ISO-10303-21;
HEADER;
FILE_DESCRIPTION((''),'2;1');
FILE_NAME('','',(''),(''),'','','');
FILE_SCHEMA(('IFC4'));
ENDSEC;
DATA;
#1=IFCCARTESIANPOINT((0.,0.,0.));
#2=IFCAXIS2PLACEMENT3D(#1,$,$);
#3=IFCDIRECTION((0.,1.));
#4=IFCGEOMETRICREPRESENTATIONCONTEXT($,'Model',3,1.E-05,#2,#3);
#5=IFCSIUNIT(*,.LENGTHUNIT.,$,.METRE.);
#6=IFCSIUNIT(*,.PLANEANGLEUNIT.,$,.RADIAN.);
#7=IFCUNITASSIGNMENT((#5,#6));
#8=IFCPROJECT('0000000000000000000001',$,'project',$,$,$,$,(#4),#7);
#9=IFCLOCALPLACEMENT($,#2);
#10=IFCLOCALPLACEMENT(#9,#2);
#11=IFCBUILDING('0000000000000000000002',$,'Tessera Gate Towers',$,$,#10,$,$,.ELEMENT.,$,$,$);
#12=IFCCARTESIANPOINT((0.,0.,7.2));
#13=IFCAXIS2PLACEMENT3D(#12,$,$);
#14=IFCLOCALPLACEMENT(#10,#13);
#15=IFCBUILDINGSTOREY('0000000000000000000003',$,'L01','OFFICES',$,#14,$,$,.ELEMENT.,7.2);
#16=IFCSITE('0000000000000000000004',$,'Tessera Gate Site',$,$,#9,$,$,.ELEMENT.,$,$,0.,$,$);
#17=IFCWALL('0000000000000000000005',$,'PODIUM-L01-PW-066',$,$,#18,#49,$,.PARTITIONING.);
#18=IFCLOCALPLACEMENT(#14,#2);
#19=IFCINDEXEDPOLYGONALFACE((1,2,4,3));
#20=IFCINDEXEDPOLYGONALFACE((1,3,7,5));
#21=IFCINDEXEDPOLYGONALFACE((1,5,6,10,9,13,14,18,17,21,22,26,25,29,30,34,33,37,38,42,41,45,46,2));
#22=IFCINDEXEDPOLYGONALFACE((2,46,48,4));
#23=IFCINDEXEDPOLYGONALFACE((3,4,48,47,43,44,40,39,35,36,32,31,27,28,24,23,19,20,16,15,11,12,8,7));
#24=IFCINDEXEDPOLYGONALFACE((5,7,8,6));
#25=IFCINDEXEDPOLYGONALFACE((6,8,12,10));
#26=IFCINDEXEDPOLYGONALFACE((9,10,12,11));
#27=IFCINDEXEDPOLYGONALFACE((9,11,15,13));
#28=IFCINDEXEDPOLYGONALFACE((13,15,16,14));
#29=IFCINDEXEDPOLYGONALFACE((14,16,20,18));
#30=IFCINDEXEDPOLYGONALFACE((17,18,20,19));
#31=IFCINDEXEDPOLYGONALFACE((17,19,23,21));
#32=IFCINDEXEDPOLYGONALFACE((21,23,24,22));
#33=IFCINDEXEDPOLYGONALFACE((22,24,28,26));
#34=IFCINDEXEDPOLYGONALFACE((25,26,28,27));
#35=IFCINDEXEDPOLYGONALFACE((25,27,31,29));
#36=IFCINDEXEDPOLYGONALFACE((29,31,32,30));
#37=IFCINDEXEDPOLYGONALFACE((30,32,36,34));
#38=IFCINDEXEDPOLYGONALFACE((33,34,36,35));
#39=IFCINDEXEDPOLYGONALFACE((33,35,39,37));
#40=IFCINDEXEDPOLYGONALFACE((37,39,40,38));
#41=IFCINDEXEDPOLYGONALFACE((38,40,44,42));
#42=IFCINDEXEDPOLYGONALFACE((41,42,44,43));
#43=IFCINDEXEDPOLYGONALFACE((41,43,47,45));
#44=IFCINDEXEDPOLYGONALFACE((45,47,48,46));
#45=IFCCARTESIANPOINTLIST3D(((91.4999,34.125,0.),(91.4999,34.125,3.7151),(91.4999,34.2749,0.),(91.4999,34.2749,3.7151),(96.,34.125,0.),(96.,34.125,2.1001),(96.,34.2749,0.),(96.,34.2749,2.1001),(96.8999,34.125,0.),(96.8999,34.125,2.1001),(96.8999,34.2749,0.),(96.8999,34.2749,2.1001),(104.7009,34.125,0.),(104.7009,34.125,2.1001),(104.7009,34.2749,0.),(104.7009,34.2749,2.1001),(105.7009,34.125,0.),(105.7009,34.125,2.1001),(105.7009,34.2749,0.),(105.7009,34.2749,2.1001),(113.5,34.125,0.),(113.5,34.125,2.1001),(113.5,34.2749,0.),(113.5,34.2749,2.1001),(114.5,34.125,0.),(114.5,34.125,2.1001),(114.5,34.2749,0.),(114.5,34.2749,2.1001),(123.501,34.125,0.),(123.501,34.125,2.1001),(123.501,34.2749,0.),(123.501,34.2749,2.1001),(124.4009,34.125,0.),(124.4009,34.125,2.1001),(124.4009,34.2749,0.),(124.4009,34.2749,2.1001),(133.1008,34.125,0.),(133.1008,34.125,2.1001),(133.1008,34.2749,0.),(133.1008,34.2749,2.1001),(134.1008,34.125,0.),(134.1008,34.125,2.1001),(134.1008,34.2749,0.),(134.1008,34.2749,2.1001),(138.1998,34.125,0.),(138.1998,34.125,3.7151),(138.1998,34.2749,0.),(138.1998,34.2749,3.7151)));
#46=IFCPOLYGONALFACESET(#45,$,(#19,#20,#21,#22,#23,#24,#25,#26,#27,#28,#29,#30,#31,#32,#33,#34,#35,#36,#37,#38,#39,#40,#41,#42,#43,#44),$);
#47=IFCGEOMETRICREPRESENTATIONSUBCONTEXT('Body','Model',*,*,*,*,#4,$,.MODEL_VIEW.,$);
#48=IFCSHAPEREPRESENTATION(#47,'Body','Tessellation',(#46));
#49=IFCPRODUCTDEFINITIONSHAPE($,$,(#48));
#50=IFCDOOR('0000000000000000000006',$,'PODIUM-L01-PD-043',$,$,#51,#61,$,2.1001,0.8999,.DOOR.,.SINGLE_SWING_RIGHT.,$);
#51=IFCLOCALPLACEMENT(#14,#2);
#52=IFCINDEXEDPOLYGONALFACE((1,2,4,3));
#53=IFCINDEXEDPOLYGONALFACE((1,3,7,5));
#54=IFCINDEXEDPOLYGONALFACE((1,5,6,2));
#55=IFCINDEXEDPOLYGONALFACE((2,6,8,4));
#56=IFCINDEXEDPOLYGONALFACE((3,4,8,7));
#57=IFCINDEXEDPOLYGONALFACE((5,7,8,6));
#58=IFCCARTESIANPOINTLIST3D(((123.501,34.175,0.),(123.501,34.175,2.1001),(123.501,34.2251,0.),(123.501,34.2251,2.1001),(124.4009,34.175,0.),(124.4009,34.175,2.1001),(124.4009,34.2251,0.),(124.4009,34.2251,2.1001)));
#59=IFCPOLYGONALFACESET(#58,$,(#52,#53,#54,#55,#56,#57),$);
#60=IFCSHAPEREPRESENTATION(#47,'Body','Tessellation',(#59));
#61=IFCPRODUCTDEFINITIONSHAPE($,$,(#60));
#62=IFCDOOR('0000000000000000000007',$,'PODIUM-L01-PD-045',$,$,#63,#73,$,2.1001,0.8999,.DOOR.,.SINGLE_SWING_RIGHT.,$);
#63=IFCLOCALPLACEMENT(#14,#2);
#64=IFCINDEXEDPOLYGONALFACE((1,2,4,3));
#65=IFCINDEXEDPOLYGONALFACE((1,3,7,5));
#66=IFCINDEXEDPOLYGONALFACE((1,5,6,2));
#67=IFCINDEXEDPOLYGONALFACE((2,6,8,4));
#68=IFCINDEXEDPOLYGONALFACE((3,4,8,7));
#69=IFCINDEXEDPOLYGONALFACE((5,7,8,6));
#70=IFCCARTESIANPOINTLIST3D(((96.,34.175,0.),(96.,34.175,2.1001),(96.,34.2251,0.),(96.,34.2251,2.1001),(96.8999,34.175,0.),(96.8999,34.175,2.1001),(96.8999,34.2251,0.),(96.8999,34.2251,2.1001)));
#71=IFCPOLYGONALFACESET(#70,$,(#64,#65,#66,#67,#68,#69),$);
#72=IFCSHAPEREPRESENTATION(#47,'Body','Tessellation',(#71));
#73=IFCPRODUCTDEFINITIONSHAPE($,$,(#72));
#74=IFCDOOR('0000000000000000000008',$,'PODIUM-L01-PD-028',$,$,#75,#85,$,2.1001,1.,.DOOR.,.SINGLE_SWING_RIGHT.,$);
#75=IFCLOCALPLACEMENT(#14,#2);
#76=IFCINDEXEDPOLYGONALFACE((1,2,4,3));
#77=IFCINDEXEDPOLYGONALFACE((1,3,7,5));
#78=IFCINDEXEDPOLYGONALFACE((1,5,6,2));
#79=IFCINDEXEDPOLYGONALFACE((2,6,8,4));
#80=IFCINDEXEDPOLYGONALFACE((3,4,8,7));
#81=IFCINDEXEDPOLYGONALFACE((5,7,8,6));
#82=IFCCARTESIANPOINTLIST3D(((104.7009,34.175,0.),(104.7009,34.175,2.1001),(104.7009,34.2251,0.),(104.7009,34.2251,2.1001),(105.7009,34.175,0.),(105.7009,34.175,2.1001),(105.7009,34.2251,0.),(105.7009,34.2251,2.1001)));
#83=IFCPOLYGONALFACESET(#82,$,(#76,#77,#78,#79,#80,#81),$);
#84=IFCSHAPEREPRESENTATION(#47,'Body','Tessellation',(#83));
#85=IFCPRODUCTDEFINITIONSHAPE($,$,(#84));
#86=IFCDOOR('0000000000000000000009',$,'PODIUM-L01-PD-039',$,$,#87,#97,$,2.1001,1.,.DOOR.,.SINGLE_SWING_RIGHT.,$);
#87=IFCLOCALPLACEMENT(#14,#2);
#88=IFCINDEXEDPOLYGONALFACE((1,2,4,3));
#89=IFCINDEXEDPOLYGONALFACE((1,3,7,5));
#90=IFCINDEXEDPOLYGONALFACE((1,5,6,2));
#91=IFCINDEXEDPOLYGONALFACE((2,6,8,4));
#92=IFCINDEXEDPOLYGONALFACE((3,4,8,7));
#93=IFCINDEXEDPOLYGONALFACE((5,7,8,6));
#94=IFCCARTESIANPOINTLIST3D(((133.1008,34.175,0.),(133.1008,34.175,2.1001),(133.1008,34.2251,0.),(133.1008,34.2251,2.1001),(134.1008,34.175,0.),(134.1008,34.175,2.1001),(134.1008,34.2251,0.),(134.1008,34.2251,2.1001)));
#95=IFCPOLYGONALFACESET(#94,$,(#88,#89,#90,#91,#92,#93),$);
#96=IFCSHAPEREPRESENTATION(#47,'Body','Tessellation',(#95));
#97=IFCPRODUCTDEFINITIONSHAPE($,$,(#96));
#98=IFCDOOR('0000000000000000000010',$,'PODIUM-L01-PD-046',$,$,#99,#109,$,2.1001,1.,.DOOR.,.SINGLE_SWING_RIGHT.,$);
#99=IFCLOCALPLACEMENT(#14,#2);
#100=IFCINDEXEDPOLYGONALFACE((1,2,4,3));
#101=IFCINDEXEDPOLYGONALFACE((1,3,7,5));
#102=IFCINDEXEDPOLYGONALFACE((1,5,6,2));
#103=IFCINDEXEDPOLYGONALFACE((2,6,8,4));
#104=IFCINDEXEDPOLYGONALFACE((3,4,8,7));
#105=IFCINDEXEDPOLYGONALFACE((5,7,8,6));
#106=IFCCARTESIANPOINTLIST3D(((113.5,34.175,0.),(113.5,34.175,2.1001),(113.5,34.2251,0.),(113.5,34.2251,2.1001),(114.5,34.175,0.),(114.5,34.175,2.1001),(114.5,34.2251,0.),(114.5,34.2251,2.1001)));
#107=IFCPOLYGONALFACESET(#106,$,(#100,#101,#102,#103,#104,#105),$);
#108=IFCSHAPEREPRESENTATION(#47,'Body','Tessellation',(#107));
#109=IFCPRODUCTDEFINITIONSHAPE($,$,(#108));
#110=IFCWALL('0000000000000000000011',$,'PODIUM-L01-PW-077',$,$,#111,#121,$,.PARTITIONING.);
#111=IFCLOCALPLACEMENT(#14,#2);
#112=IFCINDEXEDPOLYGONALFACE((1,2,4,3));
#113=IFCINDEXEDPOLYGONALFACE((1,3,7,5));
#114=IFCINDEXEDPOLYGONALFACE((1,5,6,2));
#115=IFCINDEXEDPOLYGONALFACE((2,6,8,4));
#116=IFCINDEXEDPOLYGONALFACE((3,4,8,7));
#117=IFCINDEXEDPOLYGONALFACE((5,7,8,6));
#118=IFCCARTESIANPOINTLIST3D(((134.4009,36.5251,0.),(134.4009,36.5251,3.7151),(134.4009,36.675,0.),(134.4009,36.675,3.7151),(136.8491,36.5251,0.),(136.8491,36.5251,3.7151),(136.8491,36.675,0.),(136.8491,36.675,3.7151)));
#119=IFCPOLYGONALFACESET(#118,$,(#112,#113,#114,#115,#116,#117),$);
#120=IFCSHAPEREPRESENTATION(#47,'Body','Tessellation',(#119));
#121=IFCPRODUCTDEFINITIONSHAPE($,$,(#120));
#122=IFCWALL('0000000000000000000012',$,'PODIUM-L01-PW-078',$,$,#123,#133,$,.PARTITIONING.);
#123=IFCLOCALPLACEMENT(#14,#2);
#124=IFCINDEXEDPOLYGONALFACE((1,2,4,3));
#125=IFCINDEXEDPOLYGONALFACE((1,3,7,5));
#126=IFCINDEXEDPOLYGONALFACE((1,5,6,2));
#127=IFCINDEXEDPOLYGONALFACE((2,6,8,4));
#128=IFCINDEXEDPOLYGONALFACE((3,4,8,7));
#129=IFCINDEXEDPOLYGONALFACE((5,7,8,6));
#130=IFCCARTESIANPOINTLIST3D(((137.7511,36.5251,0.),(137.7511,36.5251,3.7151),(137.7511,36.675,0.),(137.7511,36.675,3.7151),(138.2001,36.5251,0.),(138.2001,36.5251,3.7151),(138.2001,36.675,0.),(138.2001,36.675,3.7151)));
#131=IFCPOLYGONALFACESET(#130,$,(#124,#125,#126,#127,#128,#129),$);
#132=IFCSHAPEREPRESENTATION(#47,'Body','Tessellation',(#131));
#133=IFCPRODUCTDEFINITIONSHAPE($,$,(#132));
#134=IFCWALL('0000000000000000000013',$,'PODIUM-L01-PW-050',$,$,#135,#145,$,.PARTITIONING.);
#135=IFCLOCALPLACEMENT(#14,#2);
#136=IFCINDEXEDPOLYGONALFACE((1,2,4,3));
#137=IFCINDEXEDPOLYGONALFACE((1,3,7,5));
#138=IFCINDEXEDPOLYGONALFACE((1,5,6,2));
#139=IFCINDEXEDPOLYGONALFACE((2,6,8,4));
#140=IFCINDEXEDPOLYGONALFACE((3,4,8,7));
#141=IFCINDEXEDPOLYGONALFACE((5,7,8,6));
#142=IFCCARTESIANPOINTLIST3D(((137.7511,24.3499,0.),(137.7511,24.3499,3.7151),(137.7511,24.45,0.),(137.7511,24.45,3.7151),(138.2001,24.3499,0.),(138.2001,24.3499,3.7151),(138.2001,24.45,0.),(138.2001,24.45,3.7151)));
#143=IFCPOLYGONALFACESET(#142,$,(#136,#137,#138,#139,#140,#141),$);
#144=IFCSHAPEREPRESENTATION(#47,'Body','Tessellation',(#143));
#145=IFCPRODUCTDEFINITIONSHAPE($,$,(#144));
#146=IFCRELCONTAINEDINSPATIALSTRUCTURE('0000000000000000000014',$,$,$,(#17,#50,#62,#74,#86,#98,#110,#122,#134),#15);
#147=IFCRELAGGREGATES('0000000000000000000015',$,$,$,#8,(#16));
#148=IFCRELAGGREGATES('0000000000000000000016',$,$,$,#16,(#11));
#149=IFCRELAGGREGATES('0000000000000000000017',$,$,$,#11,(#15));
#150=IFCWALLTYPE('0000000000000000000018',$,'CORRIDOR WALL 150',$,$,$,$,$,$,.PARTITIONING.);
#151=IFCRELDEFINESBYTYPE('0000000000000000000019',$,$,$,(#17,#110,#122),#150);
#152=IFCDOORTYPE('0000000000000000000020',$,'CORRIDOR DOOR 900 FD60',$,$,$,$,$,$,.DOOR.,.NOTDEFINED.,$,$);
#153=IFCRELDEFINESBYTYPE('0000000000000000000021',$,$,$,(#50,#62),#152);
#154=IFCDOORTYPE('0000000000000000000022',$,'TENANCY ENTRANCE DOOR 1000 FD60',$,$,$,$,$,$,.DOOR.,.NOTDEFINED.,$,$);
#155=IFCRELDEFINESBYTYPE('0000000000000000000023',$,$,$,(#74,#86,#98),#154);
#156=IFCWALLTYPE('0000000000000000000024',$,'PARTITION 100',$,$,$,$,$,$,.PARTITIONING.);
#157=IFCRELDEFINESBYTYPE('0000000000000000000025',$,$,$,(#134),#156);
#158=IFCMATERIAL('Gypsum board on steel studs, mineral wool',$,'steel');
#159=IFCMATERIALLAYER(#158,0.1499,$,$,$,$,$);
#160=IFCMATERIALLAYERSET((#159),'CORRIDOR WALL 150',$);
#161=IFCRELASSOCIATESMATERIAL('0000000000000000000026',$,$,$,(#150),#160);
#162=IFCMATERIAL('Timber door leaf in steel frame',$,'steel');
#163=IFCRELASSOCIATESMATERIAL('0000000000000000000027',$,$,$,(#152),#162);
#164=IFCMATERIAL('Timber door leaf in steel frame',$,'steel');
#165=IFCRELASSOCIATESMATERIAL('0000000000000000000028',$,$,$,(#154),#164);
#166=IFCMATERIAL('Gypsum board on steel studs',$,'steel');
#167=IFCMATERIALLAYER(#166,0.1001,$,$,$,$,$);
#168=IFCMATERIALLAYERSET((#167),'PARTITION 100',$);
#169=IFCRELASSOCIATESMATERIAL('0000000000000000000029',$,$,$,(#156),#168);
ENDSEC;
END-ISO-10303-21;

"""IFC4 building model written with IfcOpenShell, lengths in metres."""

from ifc_helpers import new_model, si_unit, direction, frame, frame_2d, origin, place, context, subcontext, project, spatial, rectangle, extrude, source, transform, mapped, material, layer, layer_set, type_object, element, fill, save


model = new_model("IFC4")

# Units and contexts
model_context = context("Model", 3, precision=1e-05, world=origin(), true_north=direction((0.0, 1.0)))
body_context = subcontext(model_context, "Body", "Model", "MODEL_VIEW")
ifc_project = project(units=[si_unit("LENGTHUNIT", "METRE"), si_unit("PLANEANGLEUNIT", "RADIAN")], contexts=[model_context])

# Site, building, storey
site_placement = place(None, origin())
site = spatial("IfcSite", under=ifc_project, at=site_placement, Name="Tessera Gate Site", CompositionType="ELEMENT", RefElevation=0.0)
building_placement = place(site_placement, origin())
building = spatial("IfcBuilding", under=site, at=building_placement, Name="Tessera Gate Towers", CompositionType="ELEMENT")
storey_placement = place(building_placement, frame((0.0, 0.0, 7.2)))
storey = spatial("IfcBuildingStorey", under=building, at=storey_placement, Name="L01", Description="OFFICES", CompositionType="ELEMENT", Elevation=7.2)

# Wall, openings, doors
ifc_material_1 = material(Name="Gypsum board on steel studs, mineral wool", Category="steel")
ifc_layer_1 = layer(ifc_material_1, 0.1499)
ifc_layer_set_1 = layer_set([ifc_layer_1], Name="CORRIDOR WALL 150")
wall_type_1 = type_object("IfcWallType", Name="CORRIDOR WALL 150", PredefinedType="PARTITIONING", material=ifc_layer_set_1)
wall_1_placement = place(storey_placement, frame((138.2, 34.2, 0.0), z_axis=(0.0, 0.0, 1.0), x_axis=(-1.0, 0.0, 0.0)))
wall_1 = element("IfcWall", 1, at=wall_1_placement, inside=storey, type_object=wall_type_1, Name="PODIUM-L01-PW-066", PredefinedType="PARTITIONING", context=body_context, shape_type="SweptSolid", body=[
    extrude(rectangle(XDim=46.7, YDim=0.1499, at=frame_2d((23.3501, 0.0))), origin(), (0.0, 0.0, 1.0), 3.7151),
])
shared_shape_1 = source(origin(), body_context, "Body", "SweptSolid", [
    extrude(rectangle(XDim=1.0, YDim=2.1001, at=frame_2d((0.5, 1.05))), frame((0.0, 0.085, 0.0), z_axis=(0.0, -1.0, 0.0), x_axis=(1.0, 0.0, 0.0)), (0.0, 0.0, 1.0), 0.1699),
])
opening_1_placement = place(wall_1_placement, frame((32.499, 0.0, 0.0)))
opening_1 = element("IfcOpeningElement", 2, at=opening_1_placement, cuts=wall_1, PredefinedType="OPENING", context=body_context, shape_type="MappedRepresentation", body=[
    mapped(shared_shape_1, transform((0.0, 0.0, 0.0), scale=1.0)),
])
opening_2_placement = place(wall_1_placement, frame((4.0991, 0.0, 0.0)))
opening_2 = element("IfcOpeningElement", 3, at=opening_2_placement, cuts=wall_1, PredefinedType="OPENING", context=body_context, shape_type="MappedRepresentation", body=[
    mapped(shared_shape_1, transform((0.0, 0.0, 0.0), scale=1.0)),
])
shared_shape_2 = source(origin(), body_context, "Body", "SweptSolid", [
    extrude(rectangle(XDim=0.8999, YDim=2.1001, at=frame_2d((0.45, 1.05))), frame((0.0, 0.085, 0.0), z_axis=(0.0, -1.0, 0.0), x_axis=(1.0, 0.0, 0.0)), (0.0, 0.0, 1.0), 0.1699),
])
opening_3_placement = place(wall_1_placement, frame((13.7991, 0.0, 0.0)))
opening_3 = element("IfcOpeningElement", 4, at=opening_3_placement, cuts=wall_1, PredefinedType="OPENING", context=body_context, shape_type="MappedRepresentation", body=[
    mapped(shared_shape_2, transform((0.0, 0.0, 0.0), scale=1.0)),
])
opening_4_placement = place(wall_1_placement, frame((41.3, 0.0, 0.0)))
opening_4 = element("IfcOpeningElement", 5, at=opening_4_placement, cuts=wall_1, PredefinedType="OPENING", context=body_context, shape_type="MappedRepresentation", body=[
    mapped(shared_shape_2, transform((0.0, 0.0, 0.0), scale=1.0)),
])
opening_5_placement = place(wall_1_placement, frame((23.7, 0.0, 0.0)))
opening_5 = element("IfcOpeningElement", 6, at=opening_5_placement, cuts=wall_1, PredefinedType="OPENING", context=body_context, shape_type="MappedRepresentation", body=[
    mapped(shared_shape_1, transform((0.0, 0.0, 0.0), scale=1.0)),
])
ifc_material_2 = material(Name="Timber door leaf in steel frame", Category="steel")
door_type_1 = type_object("IfcDoorType", Name="CORRIDOR DOOR 900 FD60", OperationType="NOTDEFINED", PredefinedType="DOOR", material=ifc_material_2)
shared_shape_3 = source(origin(), body_context, "Body", "SweptSolid", [
    extrude(rectangle(XDim=0.8999, YDim=2.1001, at=frame_2d((0.45, 1.05))), frame((0.0, 0.0249, 0.0), z_axis=(0.0, -1.0, 0.0), x_axis=(1.0, 0.0, 0.0)), (0.0, 0.0, 1.0), 0.05),
])
door_1_placement = place(opening_3_placement, origin())
door_1 = element("IfcDoor", 7, at=door_1_placement, inside=storey, type_object=door_type_1, Name="PODIUM-L01-PD-043", OperationType="SINGLE_SWING_RIGHT", OverallHeight=2.1001, OverallWidth=0.8999, PredefinedType="DOOR", context=body_context, shape_type="MappedRepresentation", body=[
    mapped(shared_shape_3, transform((0.0, 0.0, 0.0), scale=1.0)),
])
fill(opening_3, door_1)
door_2_placement = place(opening_4_placement, origin())
door_2 = element("IfcDoor", 8, at=door_2_placement, inside=storey, type_object=door_type_1, Name="PODIUM-L01-PD-045", OperationType="SINGLE_SWING_RIGHT", OverallHeight=2.1001, OverallWidth=0.8999, PredefinedType="DOOR", context=body_context, shape_type="MappedRepresentation", body=[
    mapped(shared_shape_3, transform((0.0, 0.0, 0.0), scale=1.0)),
])
fill(opening_4, door_2)
ifc_material_3 = material(Name="Timber door leaf in steel frame", Category="steel")
door_type_2 = type_object("IfcDoorType", Name="TENANCY ENTRANCE DOOR 1000 FD60", OperationType="NOTDEFINED", PredefinedType="DOOR", material=ifc_material_3)
shared_shape_4 = source(origin(), body_context, "Body", "SweptSolid", [
    extrude(rectangle(XDim=1.0, YDim=2.1001, at=frame_2d((0.5, 1.05))), frame((0.0, 0.0249, 0.0), z_axis=(0.0, -1.0, 0.0), x_axis=(1.0, 0.0, 0.0)), (0.0, 0.0, 1.0), 0.05),
])
door_3_placement = place(opening_1_placement, origin())
door_3 = element("IfcDoor", 9, at=door_3_placement, inside=storey, type_object=door_type_2, Name="PODIUM-L01-PD-028", OperationType="SINGLE_SWING_RIGHT", OverallHeight=2.1001, OverallWidth=1.0, PredefinedType="DOOR", context=body_context, shape_type="MappedRepresentation", body=[
    mapped(shared_shape_4, transform((0.0, 0.0, 0.0), scale=1.0)),
])
fill(opening_1, door_3)
door_4_placement = place(opening_2_placement, origin())
door_4 = element("IfcDoor", 10, at=door_4_placement, inside=storey, type_object=door_type_2, Name="PODIUM-L01-PD-039", OperationType="SINGLE_SWING_RIGHT", OverallHeight=2.1001, OverallWidth=1.0, PredefinedType="DOOR", context=body_context, shape_type="MappedRepresentation", body=[
    mapped(shared_shape_4, transform((0.0, 0.0, 0.0), scale=1.0)),
])
fill(opening_2, door_4)
door_5_placement = place(opening_5_placement, origin())
door_5 = element("IfcDoor", 11, at=door_5_placement, inside=storey, type_object=door_type_2, Name="PODIUM-L01-PD-046", OperationType="SINGLE_SWING_RIGHT", OverallHeight=2.1001, OverallWidth=1.0, PredefinedType="DOOR", context=body_context, shape_type="MappedRepresentation", body=[
    mapped(shared_shape_4, transform((0.0, 0.0, 0.0), scale=1.0)),
])
fill(opening_5, door_5)

# Walls
wall_2_placement = place(storey_placement, frame((134.4009, 36.6001, 0.0), z_axis=(0.0, 0.0, 1.0), x_axis=(1.0, 0.0, 0.0)))
element("IfcWall", 12, at=wall_2_placement, inside=storey, type_object=wall_type_1, Name="PODIUM-L01-PW-077", PredefinedType="PARTITIONING", context=body_context, shape_type="SweptSolid", body=[
    extrude(rectangle(XDim=2.4482, YDim=0.1499, at=frame_2d((1.2241, 0.0))), origin(), (0.0, 0.0, 1.0), 3.7151),
])
wall_3_placement = place(storey_placement, frame((137.751, 36.6001, 0.0), z_axis=(0.0, 0.0, 1.0), x_axis=(1.0, 0.0, 0.0)))
element("IfcWall", 13, at=wall_3_placement, inside=storey, type_object=wall_type_1, Name="PODIUM-L01-PW-078", PredefinedType="PARTITIONING", context=body_context, shape_type="SweptSolid", body=[
    extrude(rectangle(XDim=0.449, YDim=0.1499, at=frame_2d((0.2246, 0.0))), origin(), (0.0, 0.0, 1.0), 3.7151),
])
ifc_material_4 = material(Name="Gypsum board on steel studs", Category="steel")
ifc_layer_2 = layer(ifc_material_4, 0.1001)
ifc_layer_set_2 = layer_set([ifc_layer_2], Name="PARTITION 100")
wall_type_2 = type_object("IfcWallType", Name="PARTITION 100", PredefinedType="PARTITIONING", material=ifc_layer_set_2)
wall_4_placement = place(storey_placement, frame((137.751, 24.3999, 0.0), z_axis=(0.0, 0.0, 1.0), x_axis=(1.0, 0.0, 0.0)))
element("IfcWall", 14, at=wall_4_placement, inside=storey, type_object=wall_type_2, Name="PODIUM-L01-PW-050", PredefinedType="PARTITIONING", context=body_context, shape_type="SweptSolid", body=[
    extrude(rectangle(XDim=0.449, YDim=0.1001, at=frame_2d((0.2246, 0.0))), origin(), (0.0, 0.0, 1.0), 3.7151),
])

save(model, "model.ifc")
